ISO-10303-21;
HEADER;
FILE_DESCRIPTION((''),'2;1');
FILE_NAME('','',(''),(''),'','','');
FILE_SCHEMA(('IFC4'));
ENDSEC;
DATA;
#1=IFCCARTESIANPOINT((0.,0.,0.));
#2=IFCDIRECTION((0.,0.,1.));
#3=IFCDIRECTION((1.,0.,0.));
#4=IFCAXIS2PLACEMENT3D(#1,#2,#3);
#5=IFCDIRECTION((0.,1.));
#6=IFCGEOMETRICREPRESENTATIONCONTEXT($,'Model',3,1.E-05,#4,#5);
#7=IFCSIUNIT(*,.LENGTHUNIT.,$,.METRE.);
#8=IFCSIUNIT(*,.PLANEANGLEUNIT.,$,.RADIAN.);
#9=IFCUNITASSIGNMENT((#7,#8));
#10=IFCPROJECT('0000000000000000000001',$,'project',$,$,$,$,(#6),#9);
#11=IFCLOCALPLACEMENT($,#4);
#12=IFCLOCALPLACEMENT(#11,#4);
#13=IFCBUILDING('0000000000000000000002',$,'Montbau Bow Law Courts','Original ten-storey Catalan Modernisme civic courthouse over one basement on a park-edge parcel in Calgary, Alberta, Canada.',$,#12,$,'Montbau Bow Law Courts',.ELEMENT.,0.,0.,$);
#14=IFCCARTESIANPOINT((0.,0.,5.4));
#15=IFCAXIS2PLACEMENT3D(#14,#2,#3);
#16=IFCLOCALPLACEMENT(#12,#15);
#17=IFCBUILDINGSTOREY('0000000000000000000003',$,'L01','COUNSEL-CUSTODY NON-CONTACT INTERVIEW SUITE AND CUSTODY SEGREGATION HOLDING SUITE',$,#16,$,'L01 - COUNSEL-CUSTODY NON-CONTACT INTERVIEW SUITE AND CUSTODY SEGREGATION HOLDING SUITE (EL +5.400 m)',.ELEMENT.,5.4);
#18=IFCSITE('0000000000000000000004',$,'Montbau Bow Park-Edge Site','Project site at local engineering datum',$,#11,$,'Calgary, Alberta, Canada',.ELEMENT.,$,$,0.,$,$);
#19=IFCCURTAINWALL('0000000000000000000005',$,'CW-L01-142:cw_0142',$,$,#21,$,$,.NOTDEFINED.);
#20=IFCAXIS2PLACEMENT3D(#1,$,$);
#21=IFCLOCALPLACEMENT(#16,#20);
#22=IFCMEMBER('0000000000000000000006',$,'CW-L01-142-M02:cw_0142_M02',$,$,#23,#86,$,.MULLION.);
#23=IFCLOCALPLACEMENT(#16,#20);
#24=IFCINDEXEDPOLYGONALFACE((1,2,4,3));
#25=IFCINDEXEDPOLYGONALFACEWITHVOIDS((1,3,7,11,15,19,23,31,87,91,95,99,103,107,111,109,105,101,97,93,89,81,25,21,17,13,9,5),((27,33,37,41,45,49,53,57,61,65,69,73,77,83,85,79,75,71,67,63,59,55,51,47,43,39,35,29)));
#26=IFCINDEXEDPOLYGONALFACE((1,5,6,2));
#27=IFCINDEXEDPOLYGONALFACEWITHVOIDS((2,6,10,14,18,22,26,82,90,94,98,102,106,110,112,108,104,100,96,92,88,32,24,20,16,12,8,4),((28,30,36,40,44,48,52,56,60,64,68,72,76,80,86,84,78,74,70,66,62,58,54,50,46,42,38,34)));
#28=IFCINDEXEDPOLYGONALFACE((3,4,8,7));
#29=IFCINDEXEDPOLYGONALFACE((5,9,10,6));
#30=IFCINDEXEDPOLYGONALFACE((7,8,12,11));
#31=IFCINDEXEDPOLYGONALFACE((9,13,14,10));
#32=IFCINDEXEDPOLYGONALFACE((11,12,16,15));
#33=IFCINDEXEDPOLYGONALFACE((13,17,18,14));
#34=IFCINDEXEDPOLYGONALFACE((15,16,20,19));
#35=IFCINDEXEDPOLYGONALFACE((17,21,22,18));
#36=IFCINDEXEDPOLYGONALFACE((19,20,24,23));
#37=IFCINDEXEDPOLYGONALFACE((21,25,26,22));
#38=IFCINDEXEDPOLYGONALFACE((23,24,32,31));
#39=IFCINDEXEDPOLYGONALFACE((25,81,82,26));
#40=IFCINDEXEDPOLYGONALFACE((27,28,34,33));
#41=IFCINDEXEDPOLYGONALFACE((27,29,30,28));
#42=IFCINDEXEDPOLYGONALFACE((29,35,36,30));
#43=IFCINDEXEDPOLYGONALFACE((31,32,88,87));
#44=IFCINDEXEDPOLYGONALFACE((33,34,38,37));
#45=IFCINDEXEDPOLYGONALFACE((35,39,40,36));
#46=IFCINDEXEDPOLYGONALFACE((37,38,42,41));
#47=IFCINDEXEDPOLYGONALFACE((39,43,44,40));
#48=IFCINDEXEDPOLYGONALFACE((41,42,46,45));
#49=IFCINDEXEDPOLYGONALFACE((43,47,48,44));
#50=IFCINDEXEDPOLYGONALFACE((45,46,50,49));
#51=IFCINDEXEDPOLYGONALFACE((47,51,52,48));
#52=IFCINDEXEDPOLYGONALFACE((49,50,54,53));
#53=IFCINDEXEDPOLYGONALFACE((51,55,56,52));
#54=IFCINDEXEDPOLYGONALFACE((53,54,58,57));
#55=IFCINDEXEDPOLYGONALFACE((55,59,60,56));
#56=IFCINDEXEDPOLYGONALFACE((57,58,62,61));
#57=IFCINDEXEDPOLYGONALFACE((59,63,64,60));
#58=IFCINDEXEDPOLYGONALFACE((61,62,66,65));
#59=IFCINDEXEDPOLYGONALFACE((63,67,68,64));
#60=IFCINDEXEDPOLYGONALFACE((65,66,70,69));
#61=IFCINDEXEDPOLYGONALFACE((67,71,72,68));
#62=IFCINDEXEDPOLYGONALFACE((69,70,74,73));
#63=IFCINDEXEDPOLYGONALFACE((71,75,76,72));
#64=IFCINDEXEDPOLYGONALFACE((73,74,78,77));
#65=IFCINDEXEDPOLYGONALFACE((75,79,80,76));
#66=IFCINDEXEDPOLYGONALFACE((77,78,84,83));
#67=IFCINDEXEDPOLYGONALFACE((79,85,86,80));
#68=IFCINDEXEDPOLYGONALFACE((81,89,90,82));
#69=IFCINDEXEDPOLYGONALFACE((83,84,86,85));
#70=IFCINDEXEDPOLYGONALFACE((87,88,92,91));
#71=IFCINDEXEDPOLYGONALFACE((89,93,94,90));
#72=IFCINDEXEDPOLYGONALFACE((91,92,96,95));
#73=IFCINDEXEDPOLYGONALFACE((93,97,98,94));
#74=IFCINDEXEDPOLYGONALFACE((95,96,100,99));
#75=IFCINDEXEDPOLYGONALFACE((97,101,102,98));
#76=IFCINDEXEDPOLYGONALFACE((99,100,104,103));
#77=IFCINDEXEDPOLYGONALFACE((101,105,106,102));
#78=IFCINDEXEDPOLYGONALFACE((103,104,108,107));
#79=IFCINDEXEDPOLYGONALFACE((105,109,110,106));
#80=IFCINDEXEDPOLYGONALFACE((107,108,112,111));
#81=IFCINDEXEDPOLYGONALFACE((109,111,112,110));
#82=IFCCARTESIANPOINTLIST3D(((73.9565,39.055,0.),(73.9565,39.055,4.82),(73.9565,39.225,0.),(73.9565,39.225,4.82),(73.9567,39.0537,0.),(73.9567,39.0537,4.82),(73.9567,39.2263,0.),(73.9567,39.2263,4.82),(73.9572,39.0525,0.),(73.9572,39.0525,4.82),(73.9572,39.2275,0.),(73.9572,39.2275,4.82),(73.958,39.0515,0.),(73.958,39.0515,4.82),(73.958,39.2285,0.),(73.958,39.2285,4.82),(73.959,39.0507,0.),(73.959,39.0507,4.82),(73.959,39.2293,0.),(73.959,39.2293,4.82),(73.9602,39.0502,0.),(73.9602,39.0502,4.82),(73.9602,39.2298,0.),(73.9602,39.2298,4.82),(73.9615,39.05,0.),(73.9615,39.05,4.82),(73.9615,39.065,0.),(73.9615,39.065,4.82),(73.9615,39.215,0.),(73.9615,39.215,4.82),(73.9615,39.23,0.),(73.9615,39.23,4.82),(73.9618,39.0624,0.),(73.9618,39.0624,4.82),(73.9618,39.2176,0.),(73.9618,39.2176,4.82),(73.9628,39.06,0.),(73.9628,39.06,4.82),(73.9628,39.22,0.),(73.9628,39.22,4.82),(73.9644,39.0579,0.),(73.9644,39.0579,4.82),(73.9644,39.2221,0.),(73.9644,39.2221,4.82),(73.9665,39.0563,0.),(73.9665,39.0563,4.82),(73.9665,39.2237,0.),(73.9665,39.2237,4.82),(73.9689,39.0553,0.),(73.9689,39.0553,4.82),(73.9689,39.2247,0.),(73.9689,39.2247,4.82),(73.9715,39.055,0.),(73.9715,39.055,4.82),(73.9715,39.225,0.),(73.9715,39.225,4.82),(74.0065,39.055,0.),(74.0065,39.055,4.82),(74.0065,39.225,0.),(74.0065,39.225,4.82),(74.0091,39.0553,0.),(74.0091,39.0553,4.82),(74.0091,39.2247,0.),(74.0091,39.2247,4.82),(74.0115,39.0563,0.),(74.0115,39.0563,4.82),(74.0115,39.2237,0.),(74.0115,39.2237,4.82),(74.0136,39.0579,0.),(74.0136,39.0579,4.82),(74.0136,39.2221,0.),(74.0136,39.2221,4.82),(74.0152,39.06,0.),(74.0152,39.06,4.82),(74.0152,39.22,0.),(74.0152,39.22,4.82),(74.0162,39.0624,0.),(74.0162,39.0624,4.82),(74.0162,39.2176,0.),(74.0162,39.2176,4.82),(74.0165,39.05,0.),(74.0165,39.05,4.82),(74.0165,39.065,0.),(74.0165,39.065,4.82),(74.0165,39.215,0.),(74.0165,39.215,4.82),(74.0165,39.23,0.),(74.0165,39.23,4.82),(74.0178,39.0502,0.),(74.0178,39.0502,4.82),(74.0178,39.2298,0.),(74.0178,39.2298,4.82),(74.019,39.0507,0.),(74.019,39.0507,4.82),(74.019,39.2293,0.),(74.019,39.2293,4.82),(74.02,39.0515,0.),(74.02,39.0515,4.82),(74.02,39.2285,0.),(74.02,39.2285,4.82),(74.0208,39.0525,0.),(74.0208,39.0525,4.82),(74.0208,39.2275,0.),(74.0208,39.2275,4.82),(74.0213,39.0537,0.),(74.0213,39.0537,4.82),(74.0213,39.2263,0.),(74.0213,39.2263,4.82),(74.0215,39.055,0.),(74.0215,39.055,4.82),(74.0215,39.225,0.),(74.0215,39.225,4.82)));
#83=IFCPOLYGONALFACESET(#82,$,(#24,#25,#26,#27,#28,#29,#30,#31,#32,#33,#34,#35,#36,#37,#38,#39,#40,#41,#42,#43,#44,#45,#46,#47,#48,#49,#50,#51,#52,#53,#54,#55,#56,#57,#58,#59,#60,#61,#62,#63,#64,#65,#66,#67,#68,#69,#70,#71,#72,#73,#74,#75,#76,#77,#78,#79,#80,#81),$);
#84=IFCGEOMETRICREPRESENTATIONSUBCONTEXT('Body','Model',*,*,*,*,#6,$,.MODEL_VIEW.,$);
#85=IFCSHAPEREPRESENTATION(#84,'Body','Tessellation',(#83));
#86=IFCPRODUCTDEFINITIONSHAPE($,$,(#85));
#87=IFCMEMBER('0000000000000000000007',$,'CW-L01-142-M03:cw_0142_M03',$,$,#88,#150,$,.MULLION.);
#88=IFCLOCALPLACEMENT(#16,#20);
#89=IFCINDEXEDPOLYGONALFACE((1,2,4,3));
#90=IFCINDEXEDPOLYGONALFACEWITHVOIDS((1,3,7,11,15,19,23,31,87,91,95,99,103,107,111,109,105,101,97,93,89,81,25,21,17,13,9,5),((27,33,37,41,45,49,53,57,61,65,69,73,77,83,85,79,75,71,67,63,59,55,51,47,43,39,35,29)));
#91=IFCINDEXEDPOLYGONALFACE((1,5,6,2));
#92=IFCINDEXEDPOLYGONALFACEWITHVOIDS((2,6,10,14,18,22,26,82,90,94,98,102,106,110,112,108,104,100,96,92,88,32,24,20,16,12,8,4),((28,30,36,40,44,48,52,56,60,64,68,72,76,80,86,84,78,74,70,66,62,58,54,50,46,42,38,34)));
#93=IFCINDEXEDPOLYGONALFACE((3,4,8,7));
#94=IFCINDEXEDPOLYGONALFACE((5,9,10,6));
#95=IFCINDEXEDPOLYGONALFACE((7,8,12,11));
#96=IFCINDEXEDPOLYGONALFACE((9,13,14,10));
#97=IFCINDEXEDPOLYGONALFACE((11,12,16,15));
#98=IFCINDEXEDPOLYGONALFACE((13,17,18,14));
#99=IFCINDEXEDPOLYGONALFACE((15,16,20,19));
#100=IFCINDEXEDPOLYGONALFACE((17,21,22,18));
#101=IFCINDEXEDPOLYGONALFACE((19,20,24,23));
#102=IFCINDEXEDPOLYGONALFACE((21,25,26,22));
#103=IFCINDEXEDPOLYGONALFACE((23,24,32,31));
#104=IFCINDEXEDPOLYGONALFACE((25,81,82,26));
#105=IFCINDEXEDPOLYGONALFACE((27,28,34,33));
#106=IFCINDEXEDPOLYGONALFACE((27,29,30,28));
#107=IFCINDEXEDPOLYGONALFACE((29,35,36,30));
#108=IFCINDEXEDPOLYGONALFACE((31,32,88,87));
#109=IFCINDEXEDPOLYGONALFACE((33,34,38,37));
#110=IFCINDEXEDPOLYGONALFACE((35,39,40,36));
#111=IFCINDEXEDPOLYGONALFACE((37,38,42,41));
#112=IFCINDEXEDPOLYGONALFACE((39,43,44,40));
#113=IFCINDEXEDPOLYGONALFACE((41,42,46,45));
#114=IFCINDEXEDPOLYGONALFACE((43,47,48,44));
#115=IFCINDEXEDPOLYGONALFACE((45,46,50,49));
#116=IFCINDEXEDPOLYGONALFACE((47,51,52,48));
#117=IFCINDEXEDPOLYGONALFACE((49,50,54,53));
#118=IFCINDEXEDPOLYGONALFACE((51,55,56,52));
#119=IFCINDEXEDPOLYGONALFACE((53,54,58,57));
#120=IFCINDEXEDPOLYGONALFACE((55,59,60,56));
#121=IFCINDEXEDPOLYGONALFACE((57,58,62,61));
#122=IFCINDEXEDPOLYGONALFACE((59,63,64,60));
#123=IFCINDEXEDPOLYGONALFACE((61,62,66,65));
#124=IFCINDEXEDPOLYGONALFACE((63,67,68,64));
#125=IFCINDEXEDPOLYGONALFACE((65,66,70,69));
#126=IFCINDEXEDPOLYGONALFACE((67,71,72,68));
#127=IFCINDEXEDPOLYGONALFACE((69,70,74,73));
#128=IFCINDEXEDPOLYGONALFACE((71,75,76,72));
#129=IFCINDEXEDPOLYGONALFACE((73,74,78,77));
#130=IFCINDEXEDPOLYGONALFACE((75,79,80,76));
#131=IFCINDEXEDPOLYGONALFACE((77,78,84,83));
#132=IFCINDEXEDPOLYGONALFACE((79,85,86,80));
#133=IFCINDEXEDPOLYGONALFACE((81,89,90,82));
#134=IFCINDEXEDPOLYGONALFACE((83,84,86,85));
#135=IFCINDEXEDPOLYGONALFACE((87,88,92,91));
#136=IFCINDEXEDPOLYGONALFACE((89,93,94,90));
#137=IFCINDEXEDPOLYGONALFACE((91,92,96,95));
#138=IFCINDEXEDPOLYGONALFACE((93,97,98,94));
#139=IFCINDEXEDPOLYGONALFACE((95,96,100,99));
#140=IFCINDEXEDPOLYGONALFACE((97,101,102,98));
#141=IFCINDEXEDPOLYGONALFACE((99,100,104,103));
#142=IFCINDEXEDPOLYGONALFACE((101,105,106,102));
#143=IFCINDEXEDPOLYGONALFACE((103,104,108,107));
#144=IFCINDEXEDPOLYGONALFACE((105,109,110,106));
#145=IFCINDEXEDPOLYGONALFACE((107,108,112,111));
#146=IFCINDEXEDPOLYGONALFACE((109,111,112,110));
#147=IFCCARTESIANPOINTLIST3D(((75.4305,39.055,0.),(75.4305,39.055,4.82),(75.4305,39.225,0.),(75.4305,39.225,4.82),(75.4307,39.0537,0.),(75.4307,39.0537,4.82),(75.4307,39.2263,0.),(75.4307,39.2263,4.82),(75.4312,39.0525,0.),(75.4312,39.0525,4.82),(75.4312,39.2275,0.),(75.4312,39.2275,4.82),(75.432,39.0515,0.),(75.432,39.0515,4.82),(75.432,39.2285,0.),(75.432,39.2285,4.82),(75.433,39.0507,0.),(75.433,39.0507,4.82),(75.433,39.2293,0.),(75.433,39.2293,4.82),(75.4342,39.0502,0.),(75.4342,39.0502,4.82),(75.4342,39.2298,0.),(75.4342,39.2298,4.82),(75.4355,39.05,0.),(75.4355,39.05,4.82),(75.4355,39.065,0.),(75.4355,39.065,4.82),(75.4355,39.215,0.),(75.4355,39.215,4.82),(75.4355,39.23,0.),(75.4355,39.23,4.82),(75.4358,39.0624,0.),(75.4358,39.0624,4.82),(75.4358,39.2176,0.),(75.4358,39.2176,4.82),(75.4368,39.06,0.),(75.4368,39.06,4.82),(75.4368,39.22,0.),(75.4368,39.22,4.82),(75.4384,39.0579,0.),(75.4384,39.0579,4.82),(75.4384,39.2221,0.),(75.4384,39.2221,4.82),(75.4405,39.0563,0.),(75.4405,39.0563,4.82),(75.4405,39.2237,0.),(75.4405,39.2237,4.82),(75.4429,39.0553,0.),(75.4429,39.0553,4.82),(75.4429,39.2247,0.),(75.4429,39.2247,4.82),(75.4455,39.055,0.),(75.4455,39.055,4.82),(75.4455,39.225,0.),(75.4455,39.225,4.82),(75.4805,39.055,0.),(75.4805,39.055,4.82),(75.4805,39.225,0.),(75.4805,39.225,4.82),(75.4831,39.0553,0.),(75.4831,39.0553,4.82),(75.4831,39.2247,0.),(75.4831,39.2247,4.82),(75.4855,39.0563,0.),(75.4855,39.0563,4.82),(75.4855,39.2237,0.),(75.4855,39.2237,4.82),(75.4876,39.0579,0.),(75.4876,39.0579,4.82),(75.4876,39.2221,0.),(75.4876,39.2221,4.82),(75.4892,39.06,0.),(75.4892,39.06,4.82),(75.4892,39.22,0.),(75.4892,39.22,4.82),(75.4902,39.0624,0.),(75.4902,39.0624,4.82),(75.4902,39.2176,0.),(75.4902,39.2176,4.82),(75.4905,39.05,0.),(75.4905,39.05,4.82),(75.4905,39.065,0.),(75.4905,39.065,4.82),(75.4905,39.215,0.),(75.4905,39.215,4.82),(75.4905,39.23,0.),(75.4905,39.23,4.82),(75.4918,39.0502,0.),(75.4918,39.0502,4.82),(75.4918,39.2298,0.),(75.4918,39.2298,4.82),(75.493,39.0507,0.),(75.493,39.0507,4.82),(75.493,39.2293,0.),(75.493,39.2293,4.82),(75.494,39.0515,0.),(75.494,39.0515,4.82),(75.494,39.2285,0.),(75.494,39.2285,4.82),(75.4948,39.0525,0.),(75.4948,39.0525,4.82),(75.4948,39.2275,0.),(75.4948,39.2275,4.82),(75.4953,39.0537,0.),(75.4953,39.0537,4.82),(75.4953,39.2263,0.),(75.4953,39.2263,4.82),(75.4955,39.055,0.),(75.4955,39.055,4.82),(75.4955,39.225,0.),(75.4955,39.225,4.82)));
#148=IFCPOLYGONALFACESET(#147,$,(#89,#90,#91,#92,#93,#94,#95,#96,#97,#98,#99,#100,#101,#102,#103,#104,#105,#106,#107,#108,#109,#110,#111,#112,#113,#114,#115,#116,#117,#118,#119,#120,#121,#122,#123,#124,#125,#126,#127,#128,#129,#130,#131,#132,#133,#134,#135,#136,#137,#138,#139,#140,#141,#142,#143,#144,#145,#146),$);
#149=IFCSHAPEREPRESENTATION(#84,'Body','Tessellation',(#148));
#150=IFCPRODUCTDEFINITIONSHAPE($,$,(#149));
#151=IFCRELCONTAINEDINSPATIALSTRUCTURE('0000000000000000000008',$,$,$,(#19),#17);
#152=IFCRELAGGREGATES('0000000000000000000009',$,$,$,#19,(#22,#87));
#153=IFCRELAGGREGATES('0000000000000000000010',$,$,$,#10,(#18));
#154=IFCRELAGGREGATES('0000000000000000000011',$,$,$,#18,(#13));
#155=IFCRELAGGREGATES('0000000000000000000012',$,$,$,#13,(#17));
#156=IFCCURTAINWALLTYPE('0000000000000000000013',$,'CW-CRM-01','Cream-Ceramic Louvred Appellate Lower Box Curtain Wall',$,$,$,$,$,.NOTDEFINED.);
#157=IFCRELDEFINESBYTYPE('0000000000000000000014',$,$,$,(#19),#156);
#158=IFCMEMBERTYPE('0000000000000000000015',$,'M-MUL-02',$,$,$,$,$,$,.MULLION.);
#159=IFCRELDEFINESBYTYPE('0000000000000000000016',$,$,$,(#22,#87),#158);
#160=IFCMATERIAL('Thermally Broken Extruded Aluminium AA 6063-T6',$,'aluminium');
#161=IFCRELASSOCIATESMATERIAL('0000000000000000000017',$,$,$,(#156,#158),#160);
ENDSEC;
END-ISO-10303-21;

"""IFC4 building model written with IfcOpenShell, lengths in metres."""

from ifc_helpers import new_model, si_unit, direction, frame, origin_with_axes, origin_2d_with_axis, place, context, subcontext, project, spatial, hollow_rectangle, extrude, material, material_profile, profile_set, type_object, element, aggregate, save


model = new_model("IFC4")

# Units and contexts
model_context = context("Model", 3, precision=1e-05, world=origin_with_axes(), true_north=direction((0.0, 1.0)))
body_context = subcontext(model_context, "Body", "Model", "MODEL_VIEW")
ifc_project = project(units=[si_unit("LENGTHUNIT", "METRE"), si_unit("PLANEANGLEUNIT", "RADIAN")], contexts=[model_context])

# Site, building, storey
site_placement = place(None, origin_with_axes())
site = spatial("IfcSite", under=ifc_project, at=site_placement, Name="Montbau Bow Park-Edge Site", Description="Project site at local engineering datum", LongName="Calgary, Alberta, Canada", CompositionType="ELEMENT", RefElevation=0.0)
building_placement = place(site_placement, origin_with_axes())
building = spatial("IfcBuilding", under=site, at=building_placement, Name="Montbau Bow Law Courts", Description="Original ten-storey Catalan Modernisme civic courthouse over one basement on a park-edge parcel in Calgary, Alberta, Canada.", LongName="Montbau Bow Law Courts", CompositionType="ELEMENT", ElevationOfRefHeight=0.0, ElevationOfTerrain=0.0)
storey_placement = place(building_placement, frame((0.0, 0.0, 5.4), z_axis=(0.0, 0.0, 1.0), x_axis=(1.0, 0.0, 0.0)))
storey = spatial("IfcBuildingStorey", under=building, at=storey_placement, Name="L01", Description="COUNSEL-CUSTODY NON-CONTACT INTERVIEW SUITE AND CUSTODY SEGREGATION HOLDING SUITE", LongName="L01 - COUNSEL-CUSTODY NON-CONTACT INTERVIEW SUITE AND CUSTODY SEGREGATION HOLDING SUITE (EL +5.400 m)", CompositionType="ELEMENT", Elevation=5.4)

# Curtain wall, members
ifc_material_1 = material(Name="Thermally Broken Extruded Aluminium AA 6063-T6", Category="aluminium")
curtain_wall_type = type_object("IfcCurtainWallType", Name="CW-CRM-01", Description="Cream-Ceramic Louvred Appellate Lower Box Curtain Wall", PredefinedType="NOTDEFINED", material=ifc_material_1)
curtain_wall_placement = place(None, frame((72.515, 39.14, 5.4), z_axis=(0.0, 0.0, 1.0), x_axis=(1.0, 0.0, 0.0)))
curtain_wall = element("IfcCurtainWall", 1, at=curtain_wall_placement, inside=storey, type_object=curtain_wall_type, Name="CW-L01-142:cw_0142", PredefinedType="NOTDEFINED")
ifc_material_profile_1 = material_profile(ifc_material_1, hollow_rectangle(XDim=0.065, YDim=0.18, WallThickness=0.005, InnerFilletRadius=0.01, OuterFilletRadius=0.005, at=origin_2d_with_axis()), Name="CWM-180X65", Category="Main", Priority=0)
ifc_profile_set_1 = profile_set([ifc_material_profile_1], Name="Thermally Broken Extruded Aluminium AA 6063-T6")
member_type_1 = type_object("IfcMemberType", Name="M-MUL-02", PredefinedType="MULLION", material=ifc_profile_set_1)
member_1_placement = place(None, frame((73.989, 39.14, 5.4), z_axis=(0.0, 0.0, 1.0), x_axis=(1.0, 0.0, 0.0)))
member_1 = element("IfcMember", 2, at=member_1_placement, type_object=member_type_1, Name="CW-L01-142-M02:cw_0142_M02", PredefinedType="MULLION", context=body_context, shape_type="SweptSolid", body=[
    extrude(hollow_rectangle(XDim=0.065, YDim=0.18, WallThickness=0.005, InnerFilletRadius=0.01, OuterFilletRadius=0.005, at=origin_2d_with_axis()), origin_with_axes(), (0.0, 0.0, 1.0), 4.82),
])
member_2_placement = place(None, frame((75.463, 39.14, 5.4), z_axis=(0.0, 0.0, 1.0), x_axis=(1.0, 0.0, 0.0)))
member_2 = element("IfcMember", 3, at=member_2_placement, type_object=member_type_1, Name="CW-L01-142-M03:cw_0142_M03", PredefinedType="MULLION", context=body_context, shape_type="SweptSolid", body=[
    extrude(hollow_rectangle(XDim=0.065, YDim=0.18, WallThickness=0.005, InnerFilletRadius=0.01, OuterFilletRadius=0.005, at=origin_2d_with_axis()), origin_with_axes(), (0.0, 0.0, 1.0), 4.82),
])
aggregate(curtain_wall, [member_1, member_2])

save(model, "model.ifc")
